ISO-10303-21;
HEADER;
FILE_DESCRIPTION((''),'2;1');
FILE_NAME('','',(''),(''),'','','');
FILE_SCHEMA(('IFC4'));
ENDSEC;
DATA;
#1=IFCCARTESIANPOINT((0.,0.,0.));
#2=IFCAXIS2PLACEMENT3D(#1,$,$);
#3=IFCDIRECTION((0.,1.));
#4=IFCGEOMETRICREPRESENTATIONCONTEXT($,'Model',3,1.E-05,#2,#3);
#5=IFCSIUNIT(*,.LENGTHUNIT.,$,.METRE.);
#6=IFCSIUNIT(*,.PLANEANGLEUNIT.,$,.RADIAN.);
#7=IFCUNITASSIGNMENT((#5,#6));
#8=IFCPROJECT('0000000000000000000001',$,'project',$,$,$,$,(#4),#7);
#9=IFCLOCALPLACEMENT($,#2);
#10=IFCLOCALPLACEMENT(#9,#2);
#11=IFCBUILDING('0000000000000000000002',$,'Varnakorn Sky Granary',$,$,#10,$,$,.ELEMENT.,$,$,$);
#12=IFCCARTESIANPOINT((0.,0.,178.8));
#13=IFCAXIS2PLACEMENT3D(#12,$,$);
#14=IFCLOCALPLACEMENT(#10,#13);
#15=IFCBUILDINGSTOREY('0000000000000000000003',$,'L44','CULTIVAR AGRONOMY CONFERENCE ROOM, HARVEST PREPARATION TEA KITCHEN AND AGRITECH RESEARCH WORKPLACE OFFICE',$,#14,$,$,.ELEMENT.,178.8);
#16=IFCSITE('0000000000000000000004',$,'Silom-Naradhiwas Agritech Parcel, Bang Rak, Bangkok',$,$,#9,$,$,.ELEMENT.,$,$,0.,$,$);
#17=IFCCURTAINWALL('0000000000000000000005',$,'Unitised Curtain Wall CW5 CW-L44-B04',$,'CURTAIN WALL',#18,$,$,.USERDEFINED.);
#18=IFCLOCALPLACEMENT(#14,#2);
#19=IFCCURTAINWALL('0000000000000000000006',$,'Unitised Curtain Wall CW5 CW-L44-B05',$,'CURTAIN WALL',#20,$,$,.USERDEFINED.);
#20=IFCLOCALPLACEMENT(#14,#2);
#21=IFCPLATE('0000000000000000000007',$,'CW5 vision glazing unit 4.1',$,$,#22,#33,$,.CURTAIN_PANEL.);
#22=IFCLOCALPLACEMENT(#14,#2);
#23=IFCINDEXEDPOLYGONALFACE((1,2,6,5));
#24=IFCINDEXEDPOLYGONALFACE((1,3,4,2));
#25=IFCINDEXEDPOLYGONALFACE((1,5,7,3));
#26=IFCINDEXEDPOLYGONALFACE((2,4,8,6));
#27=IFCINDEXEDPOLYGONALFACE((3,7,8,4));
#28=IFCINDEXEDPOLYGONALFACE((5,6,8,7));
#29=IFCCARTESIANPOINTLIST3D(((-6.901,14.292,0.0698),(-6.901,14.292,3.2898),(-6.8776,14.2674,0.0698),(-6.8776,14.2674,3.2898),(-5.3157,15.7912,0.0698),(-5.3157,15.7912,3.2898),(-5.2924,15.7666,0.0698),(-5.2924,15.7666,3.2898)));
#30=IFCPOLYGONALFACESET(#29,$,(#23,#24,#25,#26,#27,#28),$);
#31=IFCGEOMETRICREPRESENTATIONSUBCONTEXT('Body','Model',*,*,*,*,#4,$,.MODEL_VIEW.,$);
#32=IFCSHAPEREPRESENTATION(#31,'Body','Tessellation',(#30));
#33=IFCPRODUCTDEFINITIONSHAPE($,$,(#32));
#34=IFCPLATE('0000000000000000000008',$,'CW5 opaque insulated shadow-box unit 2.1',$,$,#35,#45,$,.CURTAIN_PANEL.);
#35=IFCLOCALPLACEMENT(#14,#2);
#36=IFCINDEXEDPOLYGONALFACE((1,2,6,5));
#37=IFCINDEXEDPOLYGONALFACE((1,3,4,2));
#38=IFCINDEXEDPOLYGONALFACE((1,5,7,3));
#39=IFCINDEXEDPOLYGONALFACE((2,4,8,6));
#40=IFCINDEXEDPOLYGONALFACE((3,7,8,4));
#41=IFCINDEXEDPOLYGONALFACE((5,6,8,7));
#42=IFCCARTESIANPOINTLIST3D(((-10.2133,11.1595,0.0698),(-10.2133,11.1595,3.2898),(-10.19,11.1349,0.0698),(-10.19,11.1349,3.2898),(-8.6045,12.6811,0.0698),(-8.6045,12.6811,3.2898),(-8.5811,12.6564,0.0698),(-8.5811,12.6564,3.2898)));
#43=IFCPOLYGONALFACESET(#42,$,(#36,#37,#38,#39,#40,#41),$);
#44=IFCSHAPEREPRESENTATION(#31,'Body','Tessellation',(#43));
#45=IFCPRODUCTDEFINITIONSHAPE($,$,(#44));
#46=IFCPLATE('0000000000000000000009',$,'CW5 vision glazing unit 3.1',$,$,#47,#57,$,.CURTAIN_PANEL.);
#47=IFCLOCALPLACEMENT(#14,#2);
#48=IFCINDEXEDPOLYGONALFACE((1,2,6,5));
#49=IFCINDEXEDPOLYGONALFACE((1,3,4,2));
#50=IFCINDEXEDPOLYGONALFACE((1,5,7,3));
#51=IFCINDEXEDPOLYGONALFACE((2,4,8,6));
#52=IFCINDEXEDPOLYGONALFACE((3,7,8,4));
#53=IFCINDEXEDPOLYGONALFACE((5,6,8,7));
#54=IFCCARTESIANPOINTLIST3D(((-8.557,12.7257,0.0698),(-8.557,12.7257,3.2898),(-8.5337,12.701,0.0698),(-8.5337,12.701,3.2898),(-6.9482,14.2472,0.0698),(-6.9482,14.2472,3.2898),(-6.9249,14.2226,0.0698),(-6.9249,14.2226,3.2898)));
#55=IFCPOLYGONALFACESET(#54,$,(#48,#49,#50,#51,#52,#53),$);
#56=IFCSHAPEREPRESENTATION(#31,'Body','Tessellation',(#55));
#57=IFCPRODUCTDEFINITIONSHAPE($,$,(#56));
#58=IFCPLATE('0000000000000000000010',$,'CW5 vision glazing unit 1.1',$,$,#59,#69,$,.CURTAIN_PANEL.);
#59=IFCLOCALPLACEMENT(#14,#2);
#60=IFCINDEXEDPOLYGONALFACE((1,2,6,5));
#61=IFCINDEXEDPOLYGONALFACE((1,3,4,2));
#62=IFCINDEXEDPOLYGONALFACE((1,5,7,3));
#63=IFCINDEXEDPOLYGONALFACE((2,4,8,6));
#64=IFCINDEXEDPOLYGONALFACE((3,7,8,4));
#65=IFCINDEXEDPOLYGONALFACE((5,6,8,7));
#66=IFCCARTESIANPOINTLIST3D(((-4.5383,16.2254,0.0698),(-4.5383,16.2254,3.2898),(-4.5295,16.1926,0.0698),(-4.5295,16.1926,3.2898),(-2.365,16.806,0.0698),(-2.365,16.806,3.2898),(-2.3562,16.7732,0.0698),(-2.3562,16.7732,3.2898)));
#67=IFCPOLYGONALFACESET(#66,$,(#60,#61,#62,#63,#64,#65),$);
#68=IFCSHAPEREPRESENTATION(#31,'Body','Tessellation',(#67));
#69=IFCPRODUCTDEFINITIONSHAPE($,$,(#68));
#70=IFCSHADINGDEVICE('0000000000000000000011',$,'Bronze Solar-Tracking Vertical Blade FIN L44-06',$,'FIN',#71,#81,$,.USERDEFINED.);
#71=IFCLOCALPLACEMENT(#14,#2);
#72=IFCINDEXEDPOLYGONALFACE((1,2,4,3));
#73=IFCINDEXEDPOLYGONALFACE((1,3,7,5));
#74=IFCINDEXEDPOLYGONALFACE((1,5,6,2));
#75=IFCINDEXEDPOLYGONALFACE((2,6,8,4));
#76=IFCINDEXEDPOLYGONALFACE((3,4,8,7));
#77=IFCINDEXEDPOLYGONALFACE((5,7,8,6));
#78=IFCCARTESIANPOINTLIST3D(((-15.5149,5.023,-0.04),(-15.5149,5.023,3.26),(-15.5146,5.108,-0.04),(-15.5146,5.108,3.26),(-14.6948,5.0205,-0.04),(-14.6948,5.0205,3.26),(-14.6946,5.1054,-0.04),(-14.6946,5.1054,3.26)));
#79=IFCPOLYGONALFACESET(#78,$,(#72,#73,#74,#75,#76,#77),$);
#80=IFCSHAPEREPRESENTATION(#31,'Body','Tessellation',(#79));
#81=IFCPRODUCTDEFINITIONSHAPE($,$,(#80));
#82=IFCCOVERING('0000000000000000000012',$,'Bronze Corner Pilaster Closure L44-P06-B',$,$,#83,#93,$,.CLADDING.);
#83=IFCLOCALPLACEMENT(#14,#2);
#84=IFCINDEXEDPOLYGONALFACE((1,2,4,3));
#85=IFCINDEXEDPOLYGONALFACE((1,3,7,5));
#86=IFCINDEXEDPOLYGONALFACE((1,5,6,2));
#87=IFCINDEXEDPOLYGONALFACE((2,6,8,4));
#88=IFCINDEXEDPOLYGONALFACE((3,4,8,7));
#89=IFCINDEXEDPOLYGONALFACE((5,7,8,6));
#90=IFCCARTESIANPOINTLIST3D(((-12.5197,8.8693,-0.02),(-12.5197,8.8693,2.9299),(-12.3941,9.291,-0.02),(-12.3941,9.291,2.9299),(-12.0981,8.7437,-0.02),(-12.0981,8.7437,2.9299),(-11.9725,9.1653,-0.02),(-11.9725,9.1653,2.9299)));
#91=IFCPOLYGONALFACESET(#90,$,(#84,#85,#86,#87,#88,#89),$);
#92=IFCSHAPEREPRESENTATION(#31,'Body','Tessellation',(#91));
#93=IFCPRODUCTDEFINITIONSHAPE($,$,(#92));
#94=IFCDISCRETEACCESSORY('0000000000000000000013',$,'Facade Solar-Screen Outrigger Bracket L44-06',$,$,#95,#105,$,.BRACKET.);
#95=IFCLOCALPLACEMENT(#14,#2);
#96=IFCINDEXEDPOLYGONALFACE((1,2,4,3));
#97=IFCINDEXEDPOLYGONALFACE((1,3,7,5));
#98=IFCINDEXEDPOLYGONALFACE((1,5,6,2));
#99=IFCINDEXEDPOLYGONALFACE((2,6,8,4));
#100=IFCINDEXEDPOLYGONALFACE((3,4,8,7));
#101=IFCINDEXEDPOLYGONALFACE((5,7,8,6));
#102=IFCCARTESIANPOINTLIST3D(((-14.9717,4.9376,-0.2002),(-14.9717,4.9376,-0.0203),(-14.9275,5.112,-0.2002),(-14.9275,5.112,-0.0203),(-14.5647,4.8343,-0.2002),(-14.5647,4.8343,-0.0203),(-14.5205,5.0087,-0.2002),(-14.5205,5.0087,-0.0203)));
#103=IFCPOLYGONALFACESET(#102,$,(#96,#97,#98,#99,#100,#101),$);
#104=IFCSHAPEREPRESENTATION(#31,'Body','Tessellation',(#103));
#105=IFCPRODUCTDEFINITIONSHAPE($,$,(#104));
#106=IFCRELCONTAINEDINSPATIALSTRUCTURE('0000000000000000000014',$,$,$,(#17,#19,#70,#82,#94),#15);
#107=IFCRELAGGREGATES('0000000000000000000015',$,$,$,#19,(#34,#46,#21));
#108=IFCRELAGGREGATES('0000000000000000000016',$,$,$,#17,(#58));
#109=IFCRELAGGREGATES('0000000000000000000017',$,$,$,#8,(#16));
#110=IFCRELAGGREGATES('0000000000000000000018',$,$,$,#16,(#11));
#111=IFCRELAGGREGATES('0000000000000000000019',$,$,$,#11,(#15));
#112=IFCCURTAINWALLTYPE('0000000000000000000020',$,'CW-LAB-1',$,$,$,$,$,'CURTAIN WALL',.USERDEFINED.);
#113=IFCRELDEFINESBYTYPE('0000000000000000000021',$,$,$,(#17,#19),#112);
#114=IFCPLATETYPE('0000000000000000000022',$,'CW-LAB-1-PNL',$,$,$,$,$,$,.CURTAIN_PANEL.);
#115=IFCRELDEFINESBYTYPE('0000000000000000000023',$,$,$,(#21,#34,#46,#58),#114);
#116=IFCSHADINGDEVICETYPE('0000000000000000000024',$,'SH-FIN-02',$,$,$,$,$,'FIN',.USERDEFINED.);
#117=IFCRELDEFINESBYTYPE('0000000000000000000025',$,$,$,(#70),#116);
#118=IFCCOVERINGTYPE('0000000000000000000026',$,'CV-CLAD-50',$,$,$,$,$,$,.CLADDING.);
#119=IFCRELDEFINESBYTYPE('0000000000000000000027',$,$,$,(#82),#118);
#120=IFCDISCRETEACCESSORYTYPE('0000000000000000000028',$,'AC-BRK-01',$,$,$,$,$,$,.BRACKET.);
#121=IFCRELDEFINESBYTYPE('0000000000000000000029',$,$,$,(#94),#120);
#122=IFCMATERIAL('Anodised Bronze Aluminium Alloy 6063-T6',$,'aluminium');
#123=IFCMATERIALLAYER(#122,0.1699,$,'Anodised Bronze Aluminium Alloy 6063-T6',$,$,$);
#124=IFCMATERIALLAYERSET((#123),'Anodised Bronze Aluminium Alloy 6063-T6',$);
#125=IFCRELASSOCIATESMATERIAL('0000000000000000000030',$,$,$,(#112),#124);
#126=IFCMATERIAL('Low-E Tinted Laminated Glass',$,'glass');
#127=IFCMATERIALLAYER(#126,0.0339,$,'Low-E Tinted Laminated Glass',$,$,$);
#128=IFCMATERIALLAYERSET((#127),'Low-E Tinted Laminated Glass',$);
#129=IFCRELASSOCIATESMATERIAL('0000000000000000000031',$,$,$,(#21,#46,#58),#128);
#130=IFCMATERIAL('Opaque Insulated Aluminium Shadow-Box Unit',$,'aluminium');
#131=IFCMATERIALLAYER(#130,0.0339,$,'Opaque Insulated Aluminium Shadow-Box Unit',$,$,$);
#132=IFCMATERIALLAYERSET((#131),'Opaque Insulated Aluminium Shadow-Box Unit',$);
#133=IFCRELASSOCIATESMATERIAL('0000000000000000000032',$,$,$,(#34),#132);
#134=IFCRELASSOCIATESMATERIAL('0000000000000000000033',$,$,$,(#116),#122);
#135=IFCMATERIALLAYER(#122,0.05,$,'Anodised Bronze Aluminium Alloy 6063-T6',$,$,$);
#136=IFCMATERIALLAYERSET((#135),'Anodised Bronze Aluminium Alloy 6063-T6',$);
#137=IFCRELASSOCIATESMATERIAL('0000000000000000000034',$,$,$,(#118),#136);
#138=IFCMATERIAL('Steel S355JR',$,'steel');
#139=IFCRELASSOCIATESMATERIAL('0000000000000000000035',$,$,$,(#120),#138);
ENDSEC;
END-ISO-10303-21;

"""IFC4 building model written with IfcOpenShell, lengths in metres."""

from ifc_helpers import new_model, si_unit, direction, frame, origin, origin_2d, place, context, subcontext, project, spatial, rectangle, extrude, source, transform, mapped, material, layer, layer_set, type_object, type_shapes, element, aggregate, save


model = new_model("IFC4")

# Units and contexts
model_context = context("Model", 3, precision=1e-05, world=origin(), true_north=direction((0.0, 1.0)))
body_context = subcontext(model_context, "Body", "Model", "MODEL_VIEW")
ifc_project = project(units=[si_unit("LENGTHUNIT", "METRE"), si_unit("PLANEANGLEUNIT", "RADIAN")], contexts=[model_context])

# Site, building, storey
site_placement = place(None, origin())
site = spatial("IfcSite", under=ifc_project, at=site_placement, Name="Silom-Naradhiwas Agritech Parcel, Bang Rak, Bangkok", CompositionType="ELEMENT", RefElevation=0.0)
building_placement = place(site_placement, origin())
building = spatial("IfcBuilding", under=site, at=building_placement, Name="Varnakorn Sky Granary", CompositionType="ELEMENT")
storey_placement = place(building_placement, frame((0.0, 0.0, 178.8)))
storey = spatial("IfcBuildingStorey", under=building, at=storey_placement, Name="L44", Description="CULTIVAR AGRONOMY CONFERENCE ROOM, HARVEST PREPARATION TEA KITCHEN AND AGRITECH RESEARCH WORKPLACE OFFICE", CompositionType="ELEMENT", Elevation=178.8)

# Shared definitions
ifc_material_1 = material(Name="Steel S355JR", Category="steel")

# Curtain walls
ifc_material_2 = material(Name="Anodised Bronze Aluminium Alloy 6063-T6", Category="aluminium")
ifc_layer_1 = layer(ifc_material_2, 0.1699, Name="Anodised Bronze Aluminium Alloy 6063-T6")
ifc_layer_set_1 = layer_set([ifc_layer_1], Name="Anodised Bronze Aluminium Alloy 6063-T6")
curtain_wall_type = type_object("IfcCurtainWallType", Name="CW-LAB-1", ElementType="CURTAIN WALL", PredefinedType="USERDEFINED", material=ifc_layer_set_1)
curtain_wall_1_placement = place(storey_placement, origin())
curtain_wall_1 = element("IfcCurtainWall", 1, at=curtain_wall_1_placement, inside=storey, type_object=curtain_wall_type, Name="Unitised Curtain Wall CW5 CW-L44-B04", ObjectType="CURTAIN WALL", PredefinedType="USERDEFINED")
curtain_wall_2_placement = place(storey_placement, origin())
curtain_wall_2 = element("IfcCurtainWall", 2, at=curtain_wall_2_placement, inside=storey, type_object=curtain_wall_type, Name="Unitised Curtain Wall CW5 CW-L44-B05", ObjectType="CURTAIN WALL", PredefinedType="USERDEFINED")

# Plates
ifc_material_3 = material(Name="Opaque Insulated Aluminium Shadow-Box Unit", Category="aluminium")
ifc_layer_2 = layer(ifc_material_3, 0.0339, Name="Opaque Insulated Aluminium Shadow-Box Unit")
ifc_layer_set_2 = layer_set([ifc_layer_2], Name="Opaque Insulated Aluminium Shadow-Box Unit")
plate_type = type_object("IfcPlateType", Name="CW-LAB-1-PNL", PredefinedType="CURTAIN_PANEL")
shared_shape_1 = source(origin(), body_context, "Body", "SweptSolid", [
    extrude(rectangle(XDim=2.1819, YDim=0.0339, at=origin_2d()), origin(), (0.0, 0.0, 1.0), 3.22),
])
ifc_material_4 = material(Name="Low-E Tinted Laminated Glass", Category="glass")
ifc_layer_3 = layer(ifc_material_4, 0.0339, Name="Low-E Tinted Laminated Glass")
ifc_layer_set_3 = layer_set([ifc_layer_3], Name="Low-E Tinted Laminated Glass")
plate_1_placement = place(storey_placement, frame((-6.0967, 15.0293, 0.0698), z_axis=(0.0, 0.0, 1.0), x_axis=(0.726541, 0.687124, 0.0)))
plate_1 = element("IfcPlate", 3, at=plate_1_placement, type_object=plate_type, material=ifc_layer_set_3, Name="CW5 vision glazing unit 4.1", PredefinedType="CURTAIN_PANEL", context=body_context, shape_type="MappedRepresentation", body=[
    mapped(shared_shape_1, transform((0.0, 0.0, 0.0), x_axis=(1.0, 0.0, 0.0), y_axis=(0.0, 1.0, 0.0), z_axis=(0.0, 0.0, 1.0), scale=1.0)),
])
shared_shape_2 = source(origin(), body_context, "Body", "SweptSolid", [
    extrude(rectangle(XDim=2.2144, YDim=0.0339, at=origin_2d()), origin(), (0.0, 0.0, 1.0), 3.22),
])
plate_2_placement = place(storey_placement, frame((-9.3972, 11.908, 0.0698), z_axis=(0.0, 0.0, 1.0), x_axis=(0.726541, 0.687124, 0.0)))
plate_2 = element("IfcPlate", 4, at=plate_2_placement, type_object=plate_type, material=ifc_layer_set_2, Name="CW5 opaque insulated shadow-box unit 2.1", PredefinedType="CURTAIN_PANEL", context=body_context, shape_type="MappedRepresentation", body=[
    mapped(shared_shape_2, transform((0.0, 0.0, 0.0), x_axis=(1.0, 0.0, 0.0), y_axis=(0.0, 1.0, 0.0), z_axis=(0.0, 0.0, 1.0), scale=1.0)),
])
plate_3_placement = place(storey_placement, frame((-7.741, 13.4741, 0.0698), z_axis=(0.0, 0.0, 1.0), x_axis=(0.726541, 0.687124, 0.0)))
plate_3 = element("IfcPlate", 5, at=plate_3_placement, type_object=plate_type, material=ifc_layer_set_3, Name="CW5 vision glazing unit 3.1", PredefinedType="CURTAIN_PANEL", context=body_context, shape_type="MappedRepresentation", body=[
    mapped(shared_shape_2, transform((0.0, 0.0, 0.0), x_axis=(1.0, 0.0, 0.0), y_axis=(0.0, 1.0, 0.0), z_axis=(0.0, 0.0, 1.0), scale=1.0)),
])
aggregate(curtain_wall_2, [plate_2, plate_3, plate_1])
shared_shape_3 = source(origin(), body_context, "Body", "SweptSolid", [
    extrude(rectangle(XDim=2.2495, YDim=0.0339, at=origin_2d()), origin(), (0.0, 0.0, 1.0), 3.22),
])
type_shapes(plate_type, [shared_shape_1, shared_shape_2, shared_shape_3])
plate_4_placement = place(storey_placement, frame((-3.4473, 16.4993, 0.0698), z_axis=(0.0, 0.0, 1.0), x_axis=(0.966119, 0.258096, 0.0)))
plate_4 = element("IfcPlate", 6, at=plate_4_placement, type_object=plate_type, material=ifc_layer_set_3, Name="CW5 vision glazing unit 1.1", PredefinedType="CURTAIN_PANEL", context=body_context, shape_type="MappedRepresentation", body=[
    mapped(shared_shape_3, transform((0.0, 0.0, 0.0), x_axis=(1.0, 0.0, 0.0), y_axis=(0.0, 1.0, 0.0), z_axis=(0.0, 0.0, 1.0), scale=1.0)),
])
aggregate(curtain_wall_1, [plate_4])

# Shading device
shading_device_type = type_object("IfcShadingDeviceType", Name="SH-FIN-02", ElementType="FIN", PredefinedType="USERDEFINED", material=ifc_material_2)
shared_shape_4 = source(origin(), body_context, "Body", "SweptSolid", [
    extrude(rectangle(XDim=0.085, YDim=0.8201, at=origin_2d()), origin(), (0.0, 0.0, 1.0), 3.3),
])
type_shapes(shading_device_type, [shared_shape_4])
shading_device_placement = place(storey_placement, frame((-15.1047, 5.0642, -0.04), z_axis=(0.0, 0.0, 1.0), x_axis=(-0.003081, -0.999995, 0.0)))
element("IfcShadingDevice", 7, at=shading_device_placement, inside=storey, type_object=shading_device_type, Name="Bronze Solar-Tracking Vertical Blade FIN L44-06", ObjectType="FIN", PredefinedType="USERDEFINED", context=body_context, shape_type="MappedRepresentation", body=[
    mapped(shared_shape_4, transform((0.0, 0.0, 0.0), x_axis=(1.0, 0.0, 0.0), y_axis=(0.0, 1.0, 0.0), z_axis=(0.0, 0.0, 1.0), scale=1.0)),
])

# Covering
ifc_layer_4 = layer(ifc_material_2, 0.05, Name="Anodised Bronze Aluminium Alloy 6063-T6")
ifc_layer_set_4 = layer_set([ifc_layer_4], Name="Anodised Bronze Aluminium Alloy 6063-T6")
covering_type = type_object("IfcCoveringType", Name="CV-CLAD-50", PredefinedType="CLADDING", material=ifc_layer_set_4)
shared_shape_5 = source(origin(), body_context, "Body", "SweptSolid", [
    extrude(rectangle(XDim=0.4399, YDim=0.4399, at=origin_2d()), origin(), (0.0, 0.0, 1.0), 2.95),
])
type_shapes(covering_type, [shared_shape_5])
covering_placement = place(storey_placement, frame((-12.2461, 9.0173, -0.02), z_axis=(0.0, 0.0, 1.0), x_axis=(0.285521, 0.958372, 0.0)))
element("IfcCovering", 8, at=covering_placement, inside=storey, type_object=covering_type, Name="Bronze Corner Pilaster Closure L44-P06-B", PredefinedType="CLADDING", context=body_context, shape_type="MappedRepresentation", body=[
    mapped(shared_shape_5, transform((0.0, 0.0, 0.0), x_axis=(1.0, 0.0, 0.0), y_axis=(0.0, 1.0, 0.0), z_axis=(0.0, 0.0, 1.0), scale=1.0)),
])

# Discrete accessory
discrete_accessory_type = type_object("IfcDiscreteAccessoryType", Name="AC-BRK-01", PredefinedType="BRACKET", material=ifc_material_1)
shared_shape_6 = source(origin(), body_context, "Body", "SweptSolid", [
    extrude(rectangle(XDim=0.1799, YDim=0.4199, at=origin_2d()), origin(), (0.0, 0.0, 1.0), 0.1799),
])
type_shapes(discrete_accessory_type, [shared_shape_6])
discrete_accessory_placement = place(storey_placement, frame((-14.7461, 4.9731, -0.2002), z_axis=(0.0, 0.0, 1.0), x_axis=(-0.245988, -0.969273, 0.0)))
element("IfcDiscreteAccessory", 9, at=discrete_accessory_placement, inside=storey, type_object=discrete_accessory_type, Name="Facade Solar-Screen Outrigger Bracket L44-06", PredefinedType="BRACKET", context=body_context, shape_type="MappedRepresentation", body=[
    mapped(shared_shape_6, transform((0.0, 0.0, 0.0), x_axis=(1.0, 0.0, 0.0), y_axis=(0.0, 1.0, 0.0), z_axis=(0.0, 0.0, 1.0), scale=1.0)),
])

save(model, "model.ifc")
